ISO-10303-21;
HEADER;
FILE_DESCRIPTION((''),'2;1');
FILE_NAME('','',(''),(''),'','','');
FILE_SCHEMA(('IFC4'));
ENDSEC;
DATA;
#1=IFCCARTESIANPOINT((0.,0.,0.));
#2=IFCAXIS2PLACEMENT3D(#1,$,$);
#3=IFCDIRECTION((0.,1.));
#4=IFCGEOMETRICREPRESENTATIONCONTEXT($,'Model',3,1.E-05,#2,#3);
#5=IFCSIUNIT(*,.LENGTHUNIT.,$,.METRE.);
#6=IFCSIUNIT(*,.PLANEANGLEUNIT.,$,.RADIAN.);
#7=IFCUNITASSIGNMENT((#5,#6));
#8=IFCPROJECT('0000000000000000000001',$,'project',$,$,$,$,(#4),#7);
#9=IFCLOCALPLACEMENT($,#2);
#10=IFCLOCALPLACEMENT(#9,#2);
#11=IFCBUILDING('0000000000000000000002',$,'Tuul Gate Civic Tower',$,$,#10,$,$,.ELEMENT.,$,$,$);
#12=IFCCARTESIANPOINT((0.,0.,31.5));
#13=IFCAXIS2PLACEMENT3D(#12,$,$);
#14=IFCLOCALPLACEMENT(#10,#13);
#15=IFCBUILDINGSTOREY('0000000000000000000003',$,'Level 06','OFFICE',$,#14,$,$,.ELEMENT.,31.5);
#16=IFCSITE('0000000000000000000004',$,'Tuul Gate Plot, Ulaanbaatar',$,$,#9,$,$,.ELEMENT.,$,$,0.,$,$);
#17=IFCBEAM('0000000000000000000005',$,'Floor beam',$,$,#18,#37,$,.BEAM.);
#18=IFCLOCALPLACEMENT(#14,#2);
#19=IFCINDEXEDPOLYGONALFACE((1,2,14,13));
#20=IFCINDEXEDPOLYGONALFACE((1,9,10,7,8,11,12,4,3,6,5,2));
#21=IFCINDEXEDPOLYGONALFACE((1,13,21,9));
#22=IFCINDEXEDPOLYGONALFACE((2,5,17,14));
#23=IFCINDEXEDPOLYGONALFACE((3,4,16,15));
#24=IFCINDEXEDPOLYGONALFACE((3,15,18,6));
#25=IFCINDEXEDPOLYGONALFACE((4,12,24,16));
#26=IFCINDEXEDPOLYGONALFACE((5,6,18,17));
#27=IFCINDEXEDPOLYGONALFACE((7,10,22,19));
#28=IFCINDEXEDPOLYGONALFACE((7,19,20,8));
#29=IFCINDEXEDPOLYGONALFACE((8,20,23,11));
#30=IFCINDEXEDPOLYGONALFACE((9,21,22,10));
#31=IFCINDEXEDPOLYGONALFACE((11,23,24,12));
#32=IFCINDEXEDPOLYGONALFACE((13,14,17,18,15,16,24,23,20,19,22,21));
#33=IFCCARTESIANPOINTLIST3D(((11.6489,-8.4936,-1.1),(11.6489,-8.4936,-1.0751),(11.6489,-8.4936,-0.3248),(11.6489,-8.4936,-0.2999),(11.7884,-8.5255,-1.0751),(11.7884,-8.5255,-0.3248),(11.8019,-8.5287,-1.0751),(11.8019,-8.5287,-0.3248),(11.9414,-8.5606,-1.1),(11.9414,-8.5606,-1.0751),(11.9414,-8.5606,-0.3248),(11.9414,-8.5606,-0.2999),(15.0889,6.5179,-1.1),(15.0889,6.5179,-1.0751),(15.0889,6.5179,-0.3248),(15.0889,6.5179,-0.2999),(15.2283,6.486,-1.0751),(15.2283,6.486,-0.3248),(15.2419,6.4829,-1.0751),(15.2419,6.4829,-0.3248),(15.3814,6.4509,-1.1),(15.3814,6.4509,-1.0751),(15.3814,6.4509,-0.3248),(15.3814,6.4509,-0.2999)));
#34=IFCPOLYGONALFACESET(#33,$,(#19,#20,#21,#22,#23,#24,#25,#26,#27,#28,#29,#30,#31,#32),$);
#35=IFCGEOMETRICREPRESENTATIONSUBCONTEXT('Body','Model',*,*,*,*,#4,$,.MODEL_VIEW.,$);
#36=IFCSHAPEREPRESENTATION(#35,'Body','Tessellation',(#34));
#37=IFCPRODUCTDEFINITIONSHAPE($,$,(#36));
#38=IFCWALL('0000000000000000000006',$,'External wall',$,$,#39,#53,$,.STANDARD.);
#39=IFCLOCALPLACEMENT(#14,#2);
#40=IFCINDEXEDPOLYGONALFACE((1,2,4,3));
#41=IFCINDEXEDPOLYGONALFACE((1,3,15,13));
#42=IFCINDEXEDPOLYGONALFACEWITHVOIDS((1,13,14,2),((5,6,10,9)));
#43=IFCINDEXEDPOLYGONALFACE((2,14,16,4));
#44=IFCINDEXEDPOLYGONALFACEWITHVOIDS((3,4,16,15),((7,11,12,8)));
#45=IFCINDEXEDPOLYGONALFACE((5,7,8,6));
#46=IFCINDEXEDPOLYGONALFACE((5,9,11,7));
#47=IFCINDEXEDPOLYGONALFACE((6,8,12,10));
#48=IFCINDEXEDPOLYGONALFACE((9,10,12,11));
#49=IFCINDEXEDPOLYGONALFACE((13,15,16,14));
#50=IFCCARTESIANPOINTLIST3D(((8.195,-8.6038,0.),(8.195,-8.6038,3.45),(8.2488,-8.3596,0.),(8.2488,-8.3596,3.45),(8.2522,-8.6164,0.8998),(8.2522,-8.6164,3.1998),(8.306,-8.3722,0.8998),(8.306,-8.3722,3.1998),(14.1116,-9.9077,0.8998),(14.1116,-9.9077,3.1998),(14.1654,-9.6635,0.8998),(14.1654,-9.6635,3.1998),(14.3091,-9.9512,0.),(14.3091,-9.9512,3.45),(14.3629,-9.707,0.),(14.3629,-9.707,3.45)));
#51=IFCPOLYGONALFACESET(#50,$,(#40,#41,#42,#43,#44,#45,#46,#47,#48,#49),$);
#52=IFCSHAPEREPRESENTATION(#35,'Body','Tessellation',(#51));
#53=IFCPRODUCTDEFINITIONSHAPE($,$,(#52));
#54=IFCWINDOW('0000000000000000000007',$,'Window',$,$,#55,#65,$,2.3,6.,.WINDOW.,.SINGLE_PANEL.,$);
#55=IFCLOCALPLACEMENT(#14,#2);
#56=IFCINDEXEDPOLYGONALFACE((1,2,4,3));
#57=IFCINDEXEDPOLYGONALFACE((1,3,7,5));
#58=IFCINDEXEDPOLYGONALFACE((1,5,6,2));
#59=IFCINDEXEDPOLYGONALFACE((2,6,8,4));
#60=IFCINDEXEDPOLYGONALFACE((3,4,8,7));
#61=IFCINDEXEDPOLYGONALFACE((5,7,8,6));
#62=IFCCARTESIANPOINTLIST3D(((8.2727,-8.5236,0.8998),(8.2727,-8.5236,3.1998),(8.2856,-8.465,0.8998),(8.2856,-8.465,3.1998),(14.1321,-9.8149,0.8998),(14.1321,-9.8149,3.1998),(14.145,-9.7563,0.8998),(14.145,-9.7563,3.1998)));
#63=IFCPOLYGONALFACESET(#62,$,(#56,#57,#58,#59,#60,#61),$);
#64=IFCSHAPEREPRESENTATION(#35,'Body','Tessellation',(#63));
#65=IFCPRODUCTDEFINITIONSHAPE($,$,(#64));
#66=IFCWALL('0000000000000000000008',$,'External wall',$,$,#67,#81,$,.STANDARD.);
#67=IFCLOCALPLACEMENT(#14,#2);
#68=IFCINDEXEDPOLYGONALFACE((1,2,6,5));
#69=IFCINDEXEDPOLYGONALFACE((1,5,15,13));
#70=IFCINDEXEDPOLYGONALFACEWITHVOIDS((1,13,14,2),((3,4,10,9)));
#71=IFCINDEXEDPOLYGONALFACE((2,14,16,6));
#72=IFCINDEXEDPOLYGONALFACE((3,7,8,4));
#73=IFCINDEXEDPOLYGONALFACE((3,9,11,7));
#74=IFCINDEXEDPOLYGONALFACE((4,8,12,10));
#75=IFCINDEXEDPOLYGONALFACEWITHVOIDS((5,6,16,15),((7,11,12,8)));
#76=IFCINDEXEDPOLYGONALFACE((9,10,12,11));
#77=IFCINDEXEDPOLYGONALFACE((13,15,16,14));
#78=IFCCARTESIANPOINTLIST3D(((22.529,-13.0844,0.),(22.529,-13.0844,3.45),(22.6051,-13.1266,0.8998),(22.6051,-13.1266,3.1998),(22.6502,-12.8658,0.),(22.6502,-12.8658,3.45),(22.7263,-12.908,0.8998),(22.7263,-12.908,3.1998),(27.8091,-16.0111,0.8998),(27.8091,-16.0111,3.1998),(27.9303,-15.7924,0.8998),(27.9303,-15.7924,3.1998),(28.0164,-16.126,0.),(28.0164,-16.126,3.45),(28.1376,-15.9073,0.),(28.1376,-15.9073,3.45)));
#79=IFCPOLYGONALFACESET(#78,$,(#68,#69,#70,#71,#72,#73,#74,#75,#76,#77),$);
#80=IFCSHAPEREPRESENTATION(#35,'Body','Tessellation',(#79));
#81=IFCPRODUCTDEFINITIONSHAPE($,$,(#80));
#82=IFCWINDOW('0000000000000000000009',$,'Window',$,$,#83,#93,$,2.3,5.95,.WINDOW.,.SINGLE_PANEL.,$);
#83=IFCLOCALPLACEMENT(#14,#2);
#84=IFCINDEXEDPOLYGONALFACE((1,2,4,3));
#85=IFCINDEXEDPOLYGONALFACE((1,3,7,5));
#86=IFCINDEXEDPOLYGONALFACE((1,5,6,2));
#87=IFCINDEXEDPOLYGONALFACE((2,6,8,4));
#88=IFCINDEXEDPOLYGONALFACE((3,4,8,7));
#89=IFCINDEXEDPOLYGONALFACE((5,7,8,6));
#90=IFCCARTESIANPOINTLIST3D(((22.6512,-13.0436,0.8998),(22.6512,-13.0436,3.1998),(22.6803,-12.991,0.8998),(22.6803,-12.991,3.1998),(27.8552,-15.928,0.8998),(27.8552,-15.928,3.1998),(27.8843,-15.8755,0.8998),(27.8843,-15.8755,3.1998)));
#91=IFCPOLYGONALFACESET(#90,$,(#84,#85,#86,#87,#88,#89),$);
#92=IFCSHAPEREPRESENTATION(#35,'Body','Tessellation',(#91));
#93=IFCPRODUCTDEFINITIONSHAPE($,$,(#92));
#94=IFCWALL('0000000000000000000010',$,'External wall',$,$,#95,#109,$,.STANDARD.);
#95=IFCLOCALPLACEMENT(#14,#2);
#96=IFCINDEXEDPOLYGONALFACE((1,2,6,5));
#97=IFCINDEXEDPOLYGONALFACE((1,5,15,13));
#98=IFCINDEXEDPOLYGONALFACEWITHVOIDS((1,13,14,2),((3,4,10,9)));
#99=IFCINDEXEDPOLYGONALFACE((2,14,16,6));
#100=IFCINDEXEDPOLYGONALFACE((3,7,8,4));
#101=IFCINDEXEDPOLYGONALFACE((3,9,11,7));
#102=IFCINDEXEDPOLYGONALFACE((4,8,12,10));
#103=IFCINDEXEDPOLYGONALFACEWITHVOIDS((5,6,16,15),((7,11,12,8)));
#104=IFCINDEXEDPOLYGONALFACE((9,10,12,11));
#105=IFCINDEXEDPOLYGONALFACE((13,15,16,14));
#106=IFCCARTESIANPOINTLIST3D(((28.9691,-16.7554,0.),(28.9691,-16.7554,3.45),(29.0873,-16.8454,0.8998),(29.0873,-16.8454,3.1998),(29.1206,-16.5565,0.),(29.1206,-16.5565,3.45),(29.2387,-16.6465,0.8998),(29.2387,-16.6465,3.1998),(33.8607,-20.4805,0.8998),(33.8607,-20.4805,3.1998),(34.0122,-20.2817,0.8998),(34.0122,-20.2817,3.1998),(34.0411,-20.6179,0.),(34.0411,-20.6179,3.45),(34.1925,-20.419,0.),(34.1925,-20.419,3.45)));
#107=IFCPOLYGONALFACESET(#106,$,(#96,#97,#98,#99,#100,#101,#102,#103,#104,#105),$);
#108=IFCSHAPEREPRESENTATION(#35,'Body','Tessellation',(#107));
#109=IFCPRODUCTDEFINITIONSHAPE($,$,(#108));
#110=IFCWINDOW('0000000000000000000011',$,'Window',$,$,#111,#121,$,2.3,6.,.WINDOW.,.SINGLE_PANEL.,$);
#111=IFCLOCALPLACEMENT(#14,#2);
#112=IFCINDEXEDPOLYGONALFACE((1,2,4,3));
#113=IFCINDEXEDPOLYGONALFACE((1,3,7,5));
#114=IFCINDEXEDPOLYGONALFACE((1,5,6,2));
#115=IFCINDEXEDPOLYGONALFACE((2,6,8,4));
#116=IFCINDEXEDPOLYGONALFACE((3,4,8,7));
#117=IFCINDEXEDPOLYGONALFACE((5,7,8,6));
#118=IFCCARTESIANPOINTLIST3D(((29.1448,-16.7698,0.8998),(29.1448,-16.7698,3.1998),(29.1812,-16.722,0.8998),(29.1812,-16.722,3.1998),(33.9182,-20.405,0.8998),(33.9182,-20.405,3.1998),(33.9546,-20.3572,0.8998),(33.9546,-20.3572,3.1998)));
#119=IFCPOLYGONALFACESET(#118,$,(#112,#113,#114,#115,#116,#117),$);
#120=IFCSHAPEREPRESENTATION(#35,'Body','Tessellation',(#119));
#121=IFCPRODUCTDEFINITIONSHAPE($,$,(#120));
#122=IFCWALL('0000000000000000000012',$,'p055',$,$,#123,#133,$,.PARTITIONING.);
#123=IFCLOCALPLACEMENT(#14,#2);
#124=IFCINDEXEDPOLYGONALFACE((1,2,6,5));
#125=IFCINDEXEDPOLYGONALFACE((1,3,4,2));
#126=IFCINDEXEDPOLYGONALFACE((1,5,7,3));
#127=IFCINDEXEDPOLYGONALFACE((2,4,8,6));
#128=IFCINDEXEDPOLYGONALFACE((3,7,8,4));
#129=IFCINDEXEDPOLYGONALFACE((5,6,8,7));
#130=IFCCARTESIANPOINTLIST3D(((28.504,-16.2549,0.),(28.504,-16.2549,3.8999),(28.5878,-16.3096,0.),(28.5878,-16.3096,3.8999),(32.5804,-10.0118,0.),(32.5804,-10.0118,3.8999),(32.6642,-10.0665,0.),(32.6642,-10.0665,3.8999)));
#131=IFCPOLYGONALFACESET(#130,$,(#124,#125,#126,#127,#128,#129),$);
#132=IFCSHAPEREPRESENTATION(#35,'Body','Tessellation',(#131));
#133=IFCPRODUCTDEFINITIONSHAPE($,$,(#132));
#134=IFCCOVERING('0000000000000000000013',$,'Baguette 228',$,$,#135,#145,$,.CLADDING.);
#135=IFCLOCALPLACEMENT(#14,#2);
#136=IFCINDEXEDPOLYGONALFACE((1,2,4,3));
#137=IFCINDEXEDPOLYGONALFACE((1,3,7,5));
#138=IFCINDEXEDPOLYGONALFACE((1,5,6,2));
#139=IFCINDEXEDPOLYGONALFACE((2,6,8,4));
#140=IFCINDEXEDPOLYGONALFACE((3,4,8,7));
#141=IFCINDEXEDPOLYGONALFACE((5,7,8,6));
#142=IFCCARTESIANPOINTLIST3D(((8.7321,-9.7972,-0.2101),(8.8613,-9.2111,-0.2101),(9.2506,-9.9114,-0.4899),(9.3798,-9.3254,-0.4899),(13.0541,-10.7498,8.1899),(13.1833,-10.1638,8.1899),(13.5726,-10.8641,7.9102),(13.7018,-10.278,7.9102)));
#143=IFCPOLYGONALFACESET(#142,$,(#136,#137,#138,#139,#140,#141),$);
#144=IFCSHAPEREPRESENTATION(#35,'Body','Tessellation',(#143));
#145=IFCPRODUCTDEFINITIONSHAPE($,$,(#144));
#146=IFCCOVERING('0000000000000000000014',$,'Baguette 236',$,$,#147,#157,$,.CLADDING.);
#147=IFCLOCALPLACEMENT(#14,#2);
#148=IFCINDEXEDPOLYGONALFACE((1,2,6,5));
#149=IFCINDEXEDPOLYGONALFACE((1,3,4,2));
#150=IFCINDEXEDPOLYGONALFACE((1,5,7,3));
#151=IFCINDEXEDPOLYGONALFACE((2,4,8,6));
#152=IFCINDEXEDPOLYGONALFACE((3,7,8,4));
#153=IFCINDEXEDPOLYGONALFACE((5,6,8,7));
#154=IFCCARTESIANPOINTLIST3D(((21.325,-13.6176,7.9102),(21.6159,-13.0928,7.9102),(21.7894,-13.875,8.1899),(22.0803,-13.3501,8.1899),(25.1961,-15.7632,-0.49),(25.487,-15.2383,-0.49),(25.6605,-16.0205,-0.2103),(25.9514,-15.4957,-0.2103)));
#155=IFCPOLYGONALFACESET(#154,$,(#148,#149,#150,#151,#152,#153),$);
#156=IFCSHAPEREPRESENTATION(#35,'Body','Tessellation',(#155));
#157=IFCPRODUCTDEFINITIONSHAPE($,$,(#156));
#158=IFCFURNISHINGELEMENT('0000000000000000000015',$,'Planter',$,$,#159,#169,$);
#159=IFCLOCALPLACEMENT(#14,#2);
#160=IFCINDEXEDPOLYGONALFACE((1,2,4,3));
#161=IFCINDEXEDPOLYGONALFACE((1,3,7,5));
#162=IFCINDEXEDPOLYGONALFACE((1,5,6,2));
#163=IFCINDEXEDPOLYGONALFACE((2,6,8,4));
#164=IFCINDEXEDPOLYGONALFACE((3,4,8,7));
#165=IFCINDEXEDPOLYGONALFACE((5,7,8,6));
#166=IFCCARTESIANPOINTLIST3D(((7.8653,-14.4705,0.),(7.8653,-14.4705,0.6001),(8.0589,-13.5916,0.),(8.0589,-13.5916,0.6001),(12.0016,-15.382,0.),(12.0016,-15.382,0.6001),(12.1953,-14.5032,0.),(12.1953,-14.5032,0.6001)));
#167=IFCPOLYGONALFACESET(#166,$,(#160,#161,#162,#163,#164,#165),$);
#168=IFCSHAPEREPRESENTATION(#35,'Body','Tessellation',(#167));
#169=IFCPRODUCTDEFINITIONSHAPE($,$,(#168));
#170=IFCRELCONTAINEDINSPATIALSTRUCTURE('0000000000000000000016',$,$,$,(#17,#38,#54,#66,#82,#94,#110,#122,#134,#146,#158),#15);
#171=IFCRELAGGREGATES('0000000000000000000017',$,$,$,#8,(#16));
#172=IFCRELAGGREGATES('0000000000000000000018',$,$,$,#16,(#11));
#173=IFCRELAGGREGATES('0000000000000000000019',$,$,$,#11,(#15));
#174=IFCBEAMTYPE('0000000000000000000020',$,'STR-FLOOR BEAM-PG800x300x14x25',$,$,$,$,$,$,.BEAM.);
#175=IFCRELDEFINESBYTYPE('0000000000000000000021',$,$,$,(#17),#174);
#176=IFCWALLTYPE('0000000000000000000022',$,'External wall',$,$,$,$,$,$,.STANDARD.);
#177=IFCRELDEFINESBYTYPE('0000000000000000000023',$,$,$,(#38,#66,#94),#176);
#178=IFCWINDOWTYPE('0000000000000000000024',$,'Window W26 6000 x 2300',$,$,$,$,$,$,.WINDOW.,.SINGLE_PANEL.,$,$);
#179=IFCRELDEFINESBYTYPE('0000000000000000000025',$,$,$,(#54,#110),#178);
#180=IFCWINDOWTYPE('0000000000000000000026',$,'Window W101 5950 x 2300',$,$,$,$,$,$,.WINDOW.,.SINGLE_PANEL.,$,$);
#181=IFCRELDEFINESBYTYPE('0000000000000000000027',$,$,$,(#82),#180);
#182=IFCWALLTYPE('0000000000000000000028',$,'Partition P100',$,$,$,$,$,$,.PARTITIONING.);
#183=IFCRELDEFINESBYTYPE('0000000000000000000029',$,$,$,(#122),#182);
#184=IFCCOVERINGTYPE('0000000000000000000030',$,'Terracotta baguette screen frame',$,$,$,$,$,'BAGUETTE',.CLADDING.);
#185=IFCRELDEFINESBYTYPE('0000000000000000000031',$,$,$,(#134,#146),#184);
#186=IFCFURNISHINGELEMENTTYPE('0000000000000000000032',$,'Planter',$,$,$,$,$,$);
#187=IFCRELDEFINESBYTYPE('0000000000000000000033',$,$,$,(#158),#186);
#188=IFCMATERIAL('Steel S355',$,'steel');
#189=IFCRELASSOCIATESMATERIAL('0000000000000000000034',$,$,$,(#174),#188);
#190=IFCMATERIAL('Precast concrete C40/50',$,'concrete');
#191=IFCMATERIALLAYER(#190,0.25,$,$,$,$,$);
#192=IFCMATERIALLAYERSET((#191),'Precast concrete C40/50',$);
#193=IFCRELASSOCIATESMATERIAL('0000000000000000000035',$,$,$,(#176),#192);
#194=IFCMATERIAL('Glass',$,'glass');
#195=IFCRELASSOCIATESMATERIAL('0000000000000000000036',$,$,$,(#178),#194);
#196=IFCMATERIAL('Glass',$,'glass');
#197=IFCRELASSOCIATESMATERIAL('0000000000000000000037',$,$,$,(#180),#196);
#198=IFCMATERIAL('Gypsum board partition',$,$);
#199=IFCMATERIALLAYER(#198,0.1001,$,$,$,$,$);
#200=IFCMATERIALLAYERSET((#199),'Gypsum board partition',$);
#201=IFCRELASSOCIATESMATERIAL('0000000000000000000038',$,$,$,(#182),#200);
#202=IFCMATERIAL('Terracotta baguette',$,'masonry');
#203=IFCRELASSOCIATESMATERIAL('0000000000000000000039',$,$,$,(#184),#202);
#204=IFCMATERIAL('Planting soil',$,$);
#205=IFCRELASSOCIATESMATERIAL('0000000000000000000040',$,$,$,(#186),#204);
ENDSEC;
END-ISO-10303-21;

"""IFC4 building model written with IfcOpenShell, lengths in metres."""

from ifc_helpers import new_model, si_unit, direction, frame, frame_2d, origin, origin_2d, place, context, subcontext, project, spatial, rectangle, i_section, extrude, material, layer, layer_set, material_profile, profile_set, type_object, element, fill, save


model = new_model("IFC4")

# Units and contexts
model_context = context("Model", 3, precision=1e-05, world=origin(), true_north=direction((0.0, 1.0)))
body_context = subcontext(model_context, "Body", "Model", "MODEL_VIEW")
ifc_project = project(units=[si_unit("LENGTHUNIT", "METRE"), si_unit("PLANEANGLEUNIT", "RADIAN")], contexts=[model_context])

# Site, building, storey
site_placement = place(None, origin())
site = spatial("IfcSite", under=ifc_project, at=site_placement, Name="Tuul Gate Plot, Ulaanbaatar", CompositionType="ELEMENT", RefElevation=0.0)
building_placement = place(site_placement, origin())
building = spatial("IfcBuilding", under=site, at=building_placement, Name="Tuul Gate Civic Tower", CompositionType="ELEMENT")
storey_placement = place(building_placement, frame((0.0, 0.0, 31.5)))
storey = spatial("IfcBuildingStorey", under=building, at=storey_placement, Name="Level 06", Description="OFFICE", CompositionType="ELEMENT", Elevation=31.5)

# Beam
ifc_material_1 = material(Name="Steel S355", Category="steel")
ifc_material_profile_1 = material_profile(ifc_material_1, i_section(OverallWidth=0.3, OverallDepth=0.8, WebThickness=0.0139, FlangeThickness=0.0249, at=origin_2d()), Name="PG800x300x14x25")
ifc_profile_set_1 = profile_set([ifc_material_profile_1], Name="Steel S355")
beam_type_1 = type_object("IfcBeamType", Name="STR-FLOOR BEAM-PG800x300x14x25", PredefinedType="BEAM", material=ifc_profile_set_1)
beam_1_placement = place(storey_placement, frame((11.7952, -8.5271, -0.7), z_axis=(0.223365, 0.974735, 0.0), x_axis=(-0.974735, 0.223365, 0.0)))
element("IfcBeam", 1, at=beam_1_placement, inside=storey, type_object=beam_type_1, Name="Floor beam", PredefinedType="BEAM", context=body_context, shape_type="SweptSolid", body=[
    extrude(i_section(OverallWidth=0.3, OverallDepth=0.8, WebThickness=0.0139, FlangeThickness=0.0249, at=origin_2d()), origin(), (0.0, 0.0, 1.0), 15.4006),
])

# Wall, opening, window
ifc_material_2 = material(Name="Precast concrete C40/50", Category="concrete")
ifc_layer_1 = layer(ifc_material_2, 0.25)
ifc_layer_set_1 = layer_set([ifc_layer_1], Name="Precast concrete C40/50")
wall_type_1 = type_object("IfcWallType", Name="External wall", PredefinedType="STANDARD", material=ifc_layer_set_1)
wall_1_placement = place(storey_placement, frame((8.2219, -8.4817, 0.0), z_axis=(0.0, 0.0, 1.0), x_axis=(0.976566, -0.215217, 0.0)))
wall_1 = element("IfcWall", 2, at=wall_1_placement, inside=storey, type_object=wall_type_1, Name="External wall", PredefinedType="STANDARD", context=body_context, shape_type="SweptSolid", body=[
    extrude(rectangle(XDim=6.2607, YDim=0.25, at=frame_2d((3.1304, 0.0))), origin(), (0.0, 0.0, 1.0), 3.45),
])
opening_1_placement = place(wall_1_placement, frame((0.0586, 0.0, 0.8999)))
opening_1 = element("IfcOpeningElement", 3, at=opening_1_placement, cuts=wall_1, PredefinedType="OPENING", context=body_context, shape_type="SweptSolid", body=[
    extrude(rectangle(XDim=6.0, YDim=2.3, at=frame_2d((3.0, 1.1499))), frame((0.0, 0.135, 0.0), z_axis=(0.0, -1.0, 0.0), x_axis=(1.0, 0.0, 0.0)), (0.0, 0.0, 1.0), 0.27),
])
ifc_material_3 = material(Name="Glass", Category="glass")
window_type_1 = type_object("IfcWindowType", Name="Window W26 6000 x 2300", PartitioningType="SINGLE_PANEL", PredefinedType="WINDOW", material=ifc_material_3)
window_1_placement = place(opening_1_placement, origin())
window_1 = element("IfcWindow", 4, at=window_1_placement, inside=storey, type_object=window_type_1, Name="Window", OverallHeight=2.3, OverallWidth=6.0, PartitioningType="SINGLE_PANEL", PredefinedType="WINDOW", context=body_context, shape_type="SweptSolid", body=[
    extrude(rectangle(XDim=6.0, YDim=2.3, at=frame_2d((3.0, 1.1499))), frame((0.0, 0.03, 0.0), z_axis=(0.0, -1.0, 0.0), x_axis=(1.0, 0.0, 0.0)), (0.0, 0.0, 1.0), 0.0601),
])
fill(opening_1, window_1)

# Walls, openings, windows
wall_2_placement = place(storey_placement, frame((22.5896, -12.9751, 0.0), z_axis=(0.0, 0.0, 1.0), x_axis=(0.87463, -0.48479, 0.0)))
wall_2 = element("IfcWall", 5, at=wall_2_placement, inside=storey, type_object=wall_type_1, Name="External wall", PredefinedType="STANDARD", context=body_context, shape_type="SweptSolid", body=[
    extrude(rectangle(XDim=6.2739, YDim=0.25, at=frame_2d((3.137, 0.0))), origin(), (0.0, 0.0, 1.0), 3.45),
])
opening_2_placement = place(wall_2_placement, frame((0.0869, 0.0, 0.8999)))
opening_2 = element("IfcOpeningElement", 6, at=opening_2_placement, cuts=wall_2, PredefinedType="OPENING", context=body_context, shape_type="SweptSolid", body=[
    extrude(rectangle(XDim=5.95, YDim=2.3, at=frame_2d((2.9751, 1.1499))), frame((0.0, 0.135, 0.0), z_axis=(0.0, -1.0, 0.0), x_axis=(1.0, 0.0, 0.0)), (0.0, 0.0, 1.0), 0.27),
])
ifc_material_4 = material(Name="Glass", Category="glass")
window_type_2 = type_object("IfcWindowType", Name="Window W101 5950 x 2300", PartitioningType="SINGLE_PANEL", PredefinedType="WINDOW", material=ifc_material_4)
window_2_placement = place(opening_2_placement, origin())
window_2 = element("IfcWindow", 7, at=window_2_placement, inside=storey, type_object=window_type_2, Name="Window", OverallHeight=2.3, OverallWidth=5.95, PartitioningType="SINGLE_PANEL", PredefinedType="WINDOW", context=body_context, shape_type="SweptSolid", body=[
    extrude(rectangle(XDim=5.95, YDim=2.3, at=frame_2d((2.9751, 1.1499))), frame((0.0, 0.03, 0.0), z_axis=(0.0, -1.0, 0.0), x_axis=(1.0, 0.0, 0.0)), (0.0, 0.0, 1.0), 0.0601),
])
fill(opening_2, window_2)
wall_3_placement = place(storey_placement, frame((29.0449, -16.656, 0.0), z_axis=(0.0, 0.0, 1.0), x_axis=(0.795571, -0.60586, 0.0)))
wall_3 = element("IfcWall", 8, at=wall_3_placement, inside=storey, type_object=wall_type_1, Name="External wall", PredefinedType="STANDARD", context=body_context, shape_type="SweptSolid", body=[
    extrude(rectangle(XDim=6.3752, YDim=0.25, at=frame_2d((3.1875, 0.0))), origin(), (0.0, 0.0, 1.0), 3.45),
])
opening_3_placement = place(wall_3_placement, frame((0.1484, 0.0, 0.8999)))
opening_3 = element("IfcOpeningElement", 9, at=opening_3_placement, cuts=wall_3, PredefinedType="OPENING", context=body_context, shape_type="SweptSolid", body=[
    extrude(rectangle(XDim=6.0, YDim=2.3, at=frame_2d((3.0, 1.1499))), frame((0.0, 0.135, 0.0), z_axis=(0.0, -1.0, 0.0), x_axis=(1.0, 0.0, 0.0)), (0.0, 0.0, 1.0), 0.27),
])
window_3_placement = place(opening_3_placement, origin())
window_3 = element("IfcWindow", 10, at=window_3_placement, inside=storey, type_object=window_type_1, Name="Window", OverallHeight=2.3, OverallWidth=6.0, PartitioningType="SINGLE_PANEL", PredefinedType="WINDOW", context=body_context, shape_type="SweptSolid", body=[
    extrude(rectangle(XDim=6.0, YDim=2.3, at=frame_2d((3.0, 1.1499))), frame((0.0, 0.03, 0.0), z_axis=(0.0, -1.0, 0.0), x_axis=(1.0, 0.0, 0.0)), (0.0, 0.0, 1.0), 0.0601),
])
fill(opening_3, window_3)

# Wall
ifc_material_5 = material(Name="Gypsum board partition")
ifc_layer_2 = layer(ifc_material_5, 0.1001)
ifc_layer_set_2 = layer_set([ifc_layer_2], Name="Gypsum board partition")
wall_type_2 = type_object("IfcWallType", Name="Partition P100", PredefinedType="PARTITIONING", material=ifc_layer_set_2)
wall_4_placement = place(storey_placement, frame((28.5459, -16.2822, 0.0), z_axis=(0.0, 0.0, 1.0), x_axis=(0.546718, 0.837317, 0.0)))
element("IfcWall", 11, at=wall_4_placement, inside=storey, type_object=wall_type_2, Name="p055", PredefinedType="PARTITIONING", context=body_context, shape_type="SweptSolid", body=[
    extrude(rectangle(XDim=7.4561, YDim=0.1001, at=frame_2d((3.728, 0.0))), origin(), (0.0, 0.0, 1.0), 3.8999),
])

# Coverings
ifc_material_6 = material(Name="Terracotta baguette", Category="masonry")
ifc_material_profile_2 = material_profile(ifc_material_6, rectangle(XDim=0.6001, YDim=0.6001, at=origin_2d()), Name="Terracotta baguette screen frame")
ifc_profile_set_2 = profile_set([ifc_material_profile_2], Name="Terracotta baguette")
covering_type = type_object("IfcCoveringType", Name="Terracotta baguette screen frame", ElementType="BAGUETTE", PredefinedType="CLADDING", material=ifc_profile_set_2)
covering_1_placement = place(storey_placement, frame((13.3779, -10.5139, 8.05), z_axis=(-0.455202, 0.100333, -0.884717), x_axis=(-0.215248, -0.976559, 0.0)))
element("IfcCovering", 12, at=covering_1_placement, inside=storey, type_object=covering_type, Name="Baguette 228", PredefinedType="CLADDING", context=body_context, shape_type="SweptSolid", body=[
    extrude(rectangle(XDim=0.6001, YDim=0.6001, at=origin_2d()), origin(), (0.0, 0.0, 1.0), 9.4946),
])
covering_2_placement = place(storey_placement, frame((21.7026, -13.4839, 8.05), z_axis=(0.407707, -0.225967, -0.884711), x_axis=(0.484762, 0.874646, 0.0)))
element("IfcCovering", 13, at=covering_2_placement, inside=storey, type_object=covering_type, Name="Baguette 236", PredefinedType="CLADDING", context=body_context, shape_type="SweptSolid", body=[
    extrude(rectangle(XDim=0.6001, YDim=0.6001, at=origin_2d()), origin(), (0.0, 0.0, 1.0), 9.4949),
])

# Furnishing element
ifc_material_7 = material(Name="Planting soil")
furnishing_element_type = type_object("IfcFurnishingElementType", Name="Planter", material=ifc_material_7)
furnishing_1_placement = place(storey_placement, frame((10.0303, -14.4868, 0.0), z_axis=(0.0, 0.0, 1.0), x_axis=(0.976569, -0.215207, 0.0)))
element("IfcFurnishingElement", 14, at=furnishing_1_placement, inside=storey, type_object=furnishing_element_type, Name="Planter", context=body_context, shape_type="SweptSolid", body=[
    extrude(rectangle(XDim=4.2356, YDim=0.8999, at=origin_2d()), origin(), (0.0, 0.0, 1.0), 0.6001),
])

save(model, "model.ifc")
